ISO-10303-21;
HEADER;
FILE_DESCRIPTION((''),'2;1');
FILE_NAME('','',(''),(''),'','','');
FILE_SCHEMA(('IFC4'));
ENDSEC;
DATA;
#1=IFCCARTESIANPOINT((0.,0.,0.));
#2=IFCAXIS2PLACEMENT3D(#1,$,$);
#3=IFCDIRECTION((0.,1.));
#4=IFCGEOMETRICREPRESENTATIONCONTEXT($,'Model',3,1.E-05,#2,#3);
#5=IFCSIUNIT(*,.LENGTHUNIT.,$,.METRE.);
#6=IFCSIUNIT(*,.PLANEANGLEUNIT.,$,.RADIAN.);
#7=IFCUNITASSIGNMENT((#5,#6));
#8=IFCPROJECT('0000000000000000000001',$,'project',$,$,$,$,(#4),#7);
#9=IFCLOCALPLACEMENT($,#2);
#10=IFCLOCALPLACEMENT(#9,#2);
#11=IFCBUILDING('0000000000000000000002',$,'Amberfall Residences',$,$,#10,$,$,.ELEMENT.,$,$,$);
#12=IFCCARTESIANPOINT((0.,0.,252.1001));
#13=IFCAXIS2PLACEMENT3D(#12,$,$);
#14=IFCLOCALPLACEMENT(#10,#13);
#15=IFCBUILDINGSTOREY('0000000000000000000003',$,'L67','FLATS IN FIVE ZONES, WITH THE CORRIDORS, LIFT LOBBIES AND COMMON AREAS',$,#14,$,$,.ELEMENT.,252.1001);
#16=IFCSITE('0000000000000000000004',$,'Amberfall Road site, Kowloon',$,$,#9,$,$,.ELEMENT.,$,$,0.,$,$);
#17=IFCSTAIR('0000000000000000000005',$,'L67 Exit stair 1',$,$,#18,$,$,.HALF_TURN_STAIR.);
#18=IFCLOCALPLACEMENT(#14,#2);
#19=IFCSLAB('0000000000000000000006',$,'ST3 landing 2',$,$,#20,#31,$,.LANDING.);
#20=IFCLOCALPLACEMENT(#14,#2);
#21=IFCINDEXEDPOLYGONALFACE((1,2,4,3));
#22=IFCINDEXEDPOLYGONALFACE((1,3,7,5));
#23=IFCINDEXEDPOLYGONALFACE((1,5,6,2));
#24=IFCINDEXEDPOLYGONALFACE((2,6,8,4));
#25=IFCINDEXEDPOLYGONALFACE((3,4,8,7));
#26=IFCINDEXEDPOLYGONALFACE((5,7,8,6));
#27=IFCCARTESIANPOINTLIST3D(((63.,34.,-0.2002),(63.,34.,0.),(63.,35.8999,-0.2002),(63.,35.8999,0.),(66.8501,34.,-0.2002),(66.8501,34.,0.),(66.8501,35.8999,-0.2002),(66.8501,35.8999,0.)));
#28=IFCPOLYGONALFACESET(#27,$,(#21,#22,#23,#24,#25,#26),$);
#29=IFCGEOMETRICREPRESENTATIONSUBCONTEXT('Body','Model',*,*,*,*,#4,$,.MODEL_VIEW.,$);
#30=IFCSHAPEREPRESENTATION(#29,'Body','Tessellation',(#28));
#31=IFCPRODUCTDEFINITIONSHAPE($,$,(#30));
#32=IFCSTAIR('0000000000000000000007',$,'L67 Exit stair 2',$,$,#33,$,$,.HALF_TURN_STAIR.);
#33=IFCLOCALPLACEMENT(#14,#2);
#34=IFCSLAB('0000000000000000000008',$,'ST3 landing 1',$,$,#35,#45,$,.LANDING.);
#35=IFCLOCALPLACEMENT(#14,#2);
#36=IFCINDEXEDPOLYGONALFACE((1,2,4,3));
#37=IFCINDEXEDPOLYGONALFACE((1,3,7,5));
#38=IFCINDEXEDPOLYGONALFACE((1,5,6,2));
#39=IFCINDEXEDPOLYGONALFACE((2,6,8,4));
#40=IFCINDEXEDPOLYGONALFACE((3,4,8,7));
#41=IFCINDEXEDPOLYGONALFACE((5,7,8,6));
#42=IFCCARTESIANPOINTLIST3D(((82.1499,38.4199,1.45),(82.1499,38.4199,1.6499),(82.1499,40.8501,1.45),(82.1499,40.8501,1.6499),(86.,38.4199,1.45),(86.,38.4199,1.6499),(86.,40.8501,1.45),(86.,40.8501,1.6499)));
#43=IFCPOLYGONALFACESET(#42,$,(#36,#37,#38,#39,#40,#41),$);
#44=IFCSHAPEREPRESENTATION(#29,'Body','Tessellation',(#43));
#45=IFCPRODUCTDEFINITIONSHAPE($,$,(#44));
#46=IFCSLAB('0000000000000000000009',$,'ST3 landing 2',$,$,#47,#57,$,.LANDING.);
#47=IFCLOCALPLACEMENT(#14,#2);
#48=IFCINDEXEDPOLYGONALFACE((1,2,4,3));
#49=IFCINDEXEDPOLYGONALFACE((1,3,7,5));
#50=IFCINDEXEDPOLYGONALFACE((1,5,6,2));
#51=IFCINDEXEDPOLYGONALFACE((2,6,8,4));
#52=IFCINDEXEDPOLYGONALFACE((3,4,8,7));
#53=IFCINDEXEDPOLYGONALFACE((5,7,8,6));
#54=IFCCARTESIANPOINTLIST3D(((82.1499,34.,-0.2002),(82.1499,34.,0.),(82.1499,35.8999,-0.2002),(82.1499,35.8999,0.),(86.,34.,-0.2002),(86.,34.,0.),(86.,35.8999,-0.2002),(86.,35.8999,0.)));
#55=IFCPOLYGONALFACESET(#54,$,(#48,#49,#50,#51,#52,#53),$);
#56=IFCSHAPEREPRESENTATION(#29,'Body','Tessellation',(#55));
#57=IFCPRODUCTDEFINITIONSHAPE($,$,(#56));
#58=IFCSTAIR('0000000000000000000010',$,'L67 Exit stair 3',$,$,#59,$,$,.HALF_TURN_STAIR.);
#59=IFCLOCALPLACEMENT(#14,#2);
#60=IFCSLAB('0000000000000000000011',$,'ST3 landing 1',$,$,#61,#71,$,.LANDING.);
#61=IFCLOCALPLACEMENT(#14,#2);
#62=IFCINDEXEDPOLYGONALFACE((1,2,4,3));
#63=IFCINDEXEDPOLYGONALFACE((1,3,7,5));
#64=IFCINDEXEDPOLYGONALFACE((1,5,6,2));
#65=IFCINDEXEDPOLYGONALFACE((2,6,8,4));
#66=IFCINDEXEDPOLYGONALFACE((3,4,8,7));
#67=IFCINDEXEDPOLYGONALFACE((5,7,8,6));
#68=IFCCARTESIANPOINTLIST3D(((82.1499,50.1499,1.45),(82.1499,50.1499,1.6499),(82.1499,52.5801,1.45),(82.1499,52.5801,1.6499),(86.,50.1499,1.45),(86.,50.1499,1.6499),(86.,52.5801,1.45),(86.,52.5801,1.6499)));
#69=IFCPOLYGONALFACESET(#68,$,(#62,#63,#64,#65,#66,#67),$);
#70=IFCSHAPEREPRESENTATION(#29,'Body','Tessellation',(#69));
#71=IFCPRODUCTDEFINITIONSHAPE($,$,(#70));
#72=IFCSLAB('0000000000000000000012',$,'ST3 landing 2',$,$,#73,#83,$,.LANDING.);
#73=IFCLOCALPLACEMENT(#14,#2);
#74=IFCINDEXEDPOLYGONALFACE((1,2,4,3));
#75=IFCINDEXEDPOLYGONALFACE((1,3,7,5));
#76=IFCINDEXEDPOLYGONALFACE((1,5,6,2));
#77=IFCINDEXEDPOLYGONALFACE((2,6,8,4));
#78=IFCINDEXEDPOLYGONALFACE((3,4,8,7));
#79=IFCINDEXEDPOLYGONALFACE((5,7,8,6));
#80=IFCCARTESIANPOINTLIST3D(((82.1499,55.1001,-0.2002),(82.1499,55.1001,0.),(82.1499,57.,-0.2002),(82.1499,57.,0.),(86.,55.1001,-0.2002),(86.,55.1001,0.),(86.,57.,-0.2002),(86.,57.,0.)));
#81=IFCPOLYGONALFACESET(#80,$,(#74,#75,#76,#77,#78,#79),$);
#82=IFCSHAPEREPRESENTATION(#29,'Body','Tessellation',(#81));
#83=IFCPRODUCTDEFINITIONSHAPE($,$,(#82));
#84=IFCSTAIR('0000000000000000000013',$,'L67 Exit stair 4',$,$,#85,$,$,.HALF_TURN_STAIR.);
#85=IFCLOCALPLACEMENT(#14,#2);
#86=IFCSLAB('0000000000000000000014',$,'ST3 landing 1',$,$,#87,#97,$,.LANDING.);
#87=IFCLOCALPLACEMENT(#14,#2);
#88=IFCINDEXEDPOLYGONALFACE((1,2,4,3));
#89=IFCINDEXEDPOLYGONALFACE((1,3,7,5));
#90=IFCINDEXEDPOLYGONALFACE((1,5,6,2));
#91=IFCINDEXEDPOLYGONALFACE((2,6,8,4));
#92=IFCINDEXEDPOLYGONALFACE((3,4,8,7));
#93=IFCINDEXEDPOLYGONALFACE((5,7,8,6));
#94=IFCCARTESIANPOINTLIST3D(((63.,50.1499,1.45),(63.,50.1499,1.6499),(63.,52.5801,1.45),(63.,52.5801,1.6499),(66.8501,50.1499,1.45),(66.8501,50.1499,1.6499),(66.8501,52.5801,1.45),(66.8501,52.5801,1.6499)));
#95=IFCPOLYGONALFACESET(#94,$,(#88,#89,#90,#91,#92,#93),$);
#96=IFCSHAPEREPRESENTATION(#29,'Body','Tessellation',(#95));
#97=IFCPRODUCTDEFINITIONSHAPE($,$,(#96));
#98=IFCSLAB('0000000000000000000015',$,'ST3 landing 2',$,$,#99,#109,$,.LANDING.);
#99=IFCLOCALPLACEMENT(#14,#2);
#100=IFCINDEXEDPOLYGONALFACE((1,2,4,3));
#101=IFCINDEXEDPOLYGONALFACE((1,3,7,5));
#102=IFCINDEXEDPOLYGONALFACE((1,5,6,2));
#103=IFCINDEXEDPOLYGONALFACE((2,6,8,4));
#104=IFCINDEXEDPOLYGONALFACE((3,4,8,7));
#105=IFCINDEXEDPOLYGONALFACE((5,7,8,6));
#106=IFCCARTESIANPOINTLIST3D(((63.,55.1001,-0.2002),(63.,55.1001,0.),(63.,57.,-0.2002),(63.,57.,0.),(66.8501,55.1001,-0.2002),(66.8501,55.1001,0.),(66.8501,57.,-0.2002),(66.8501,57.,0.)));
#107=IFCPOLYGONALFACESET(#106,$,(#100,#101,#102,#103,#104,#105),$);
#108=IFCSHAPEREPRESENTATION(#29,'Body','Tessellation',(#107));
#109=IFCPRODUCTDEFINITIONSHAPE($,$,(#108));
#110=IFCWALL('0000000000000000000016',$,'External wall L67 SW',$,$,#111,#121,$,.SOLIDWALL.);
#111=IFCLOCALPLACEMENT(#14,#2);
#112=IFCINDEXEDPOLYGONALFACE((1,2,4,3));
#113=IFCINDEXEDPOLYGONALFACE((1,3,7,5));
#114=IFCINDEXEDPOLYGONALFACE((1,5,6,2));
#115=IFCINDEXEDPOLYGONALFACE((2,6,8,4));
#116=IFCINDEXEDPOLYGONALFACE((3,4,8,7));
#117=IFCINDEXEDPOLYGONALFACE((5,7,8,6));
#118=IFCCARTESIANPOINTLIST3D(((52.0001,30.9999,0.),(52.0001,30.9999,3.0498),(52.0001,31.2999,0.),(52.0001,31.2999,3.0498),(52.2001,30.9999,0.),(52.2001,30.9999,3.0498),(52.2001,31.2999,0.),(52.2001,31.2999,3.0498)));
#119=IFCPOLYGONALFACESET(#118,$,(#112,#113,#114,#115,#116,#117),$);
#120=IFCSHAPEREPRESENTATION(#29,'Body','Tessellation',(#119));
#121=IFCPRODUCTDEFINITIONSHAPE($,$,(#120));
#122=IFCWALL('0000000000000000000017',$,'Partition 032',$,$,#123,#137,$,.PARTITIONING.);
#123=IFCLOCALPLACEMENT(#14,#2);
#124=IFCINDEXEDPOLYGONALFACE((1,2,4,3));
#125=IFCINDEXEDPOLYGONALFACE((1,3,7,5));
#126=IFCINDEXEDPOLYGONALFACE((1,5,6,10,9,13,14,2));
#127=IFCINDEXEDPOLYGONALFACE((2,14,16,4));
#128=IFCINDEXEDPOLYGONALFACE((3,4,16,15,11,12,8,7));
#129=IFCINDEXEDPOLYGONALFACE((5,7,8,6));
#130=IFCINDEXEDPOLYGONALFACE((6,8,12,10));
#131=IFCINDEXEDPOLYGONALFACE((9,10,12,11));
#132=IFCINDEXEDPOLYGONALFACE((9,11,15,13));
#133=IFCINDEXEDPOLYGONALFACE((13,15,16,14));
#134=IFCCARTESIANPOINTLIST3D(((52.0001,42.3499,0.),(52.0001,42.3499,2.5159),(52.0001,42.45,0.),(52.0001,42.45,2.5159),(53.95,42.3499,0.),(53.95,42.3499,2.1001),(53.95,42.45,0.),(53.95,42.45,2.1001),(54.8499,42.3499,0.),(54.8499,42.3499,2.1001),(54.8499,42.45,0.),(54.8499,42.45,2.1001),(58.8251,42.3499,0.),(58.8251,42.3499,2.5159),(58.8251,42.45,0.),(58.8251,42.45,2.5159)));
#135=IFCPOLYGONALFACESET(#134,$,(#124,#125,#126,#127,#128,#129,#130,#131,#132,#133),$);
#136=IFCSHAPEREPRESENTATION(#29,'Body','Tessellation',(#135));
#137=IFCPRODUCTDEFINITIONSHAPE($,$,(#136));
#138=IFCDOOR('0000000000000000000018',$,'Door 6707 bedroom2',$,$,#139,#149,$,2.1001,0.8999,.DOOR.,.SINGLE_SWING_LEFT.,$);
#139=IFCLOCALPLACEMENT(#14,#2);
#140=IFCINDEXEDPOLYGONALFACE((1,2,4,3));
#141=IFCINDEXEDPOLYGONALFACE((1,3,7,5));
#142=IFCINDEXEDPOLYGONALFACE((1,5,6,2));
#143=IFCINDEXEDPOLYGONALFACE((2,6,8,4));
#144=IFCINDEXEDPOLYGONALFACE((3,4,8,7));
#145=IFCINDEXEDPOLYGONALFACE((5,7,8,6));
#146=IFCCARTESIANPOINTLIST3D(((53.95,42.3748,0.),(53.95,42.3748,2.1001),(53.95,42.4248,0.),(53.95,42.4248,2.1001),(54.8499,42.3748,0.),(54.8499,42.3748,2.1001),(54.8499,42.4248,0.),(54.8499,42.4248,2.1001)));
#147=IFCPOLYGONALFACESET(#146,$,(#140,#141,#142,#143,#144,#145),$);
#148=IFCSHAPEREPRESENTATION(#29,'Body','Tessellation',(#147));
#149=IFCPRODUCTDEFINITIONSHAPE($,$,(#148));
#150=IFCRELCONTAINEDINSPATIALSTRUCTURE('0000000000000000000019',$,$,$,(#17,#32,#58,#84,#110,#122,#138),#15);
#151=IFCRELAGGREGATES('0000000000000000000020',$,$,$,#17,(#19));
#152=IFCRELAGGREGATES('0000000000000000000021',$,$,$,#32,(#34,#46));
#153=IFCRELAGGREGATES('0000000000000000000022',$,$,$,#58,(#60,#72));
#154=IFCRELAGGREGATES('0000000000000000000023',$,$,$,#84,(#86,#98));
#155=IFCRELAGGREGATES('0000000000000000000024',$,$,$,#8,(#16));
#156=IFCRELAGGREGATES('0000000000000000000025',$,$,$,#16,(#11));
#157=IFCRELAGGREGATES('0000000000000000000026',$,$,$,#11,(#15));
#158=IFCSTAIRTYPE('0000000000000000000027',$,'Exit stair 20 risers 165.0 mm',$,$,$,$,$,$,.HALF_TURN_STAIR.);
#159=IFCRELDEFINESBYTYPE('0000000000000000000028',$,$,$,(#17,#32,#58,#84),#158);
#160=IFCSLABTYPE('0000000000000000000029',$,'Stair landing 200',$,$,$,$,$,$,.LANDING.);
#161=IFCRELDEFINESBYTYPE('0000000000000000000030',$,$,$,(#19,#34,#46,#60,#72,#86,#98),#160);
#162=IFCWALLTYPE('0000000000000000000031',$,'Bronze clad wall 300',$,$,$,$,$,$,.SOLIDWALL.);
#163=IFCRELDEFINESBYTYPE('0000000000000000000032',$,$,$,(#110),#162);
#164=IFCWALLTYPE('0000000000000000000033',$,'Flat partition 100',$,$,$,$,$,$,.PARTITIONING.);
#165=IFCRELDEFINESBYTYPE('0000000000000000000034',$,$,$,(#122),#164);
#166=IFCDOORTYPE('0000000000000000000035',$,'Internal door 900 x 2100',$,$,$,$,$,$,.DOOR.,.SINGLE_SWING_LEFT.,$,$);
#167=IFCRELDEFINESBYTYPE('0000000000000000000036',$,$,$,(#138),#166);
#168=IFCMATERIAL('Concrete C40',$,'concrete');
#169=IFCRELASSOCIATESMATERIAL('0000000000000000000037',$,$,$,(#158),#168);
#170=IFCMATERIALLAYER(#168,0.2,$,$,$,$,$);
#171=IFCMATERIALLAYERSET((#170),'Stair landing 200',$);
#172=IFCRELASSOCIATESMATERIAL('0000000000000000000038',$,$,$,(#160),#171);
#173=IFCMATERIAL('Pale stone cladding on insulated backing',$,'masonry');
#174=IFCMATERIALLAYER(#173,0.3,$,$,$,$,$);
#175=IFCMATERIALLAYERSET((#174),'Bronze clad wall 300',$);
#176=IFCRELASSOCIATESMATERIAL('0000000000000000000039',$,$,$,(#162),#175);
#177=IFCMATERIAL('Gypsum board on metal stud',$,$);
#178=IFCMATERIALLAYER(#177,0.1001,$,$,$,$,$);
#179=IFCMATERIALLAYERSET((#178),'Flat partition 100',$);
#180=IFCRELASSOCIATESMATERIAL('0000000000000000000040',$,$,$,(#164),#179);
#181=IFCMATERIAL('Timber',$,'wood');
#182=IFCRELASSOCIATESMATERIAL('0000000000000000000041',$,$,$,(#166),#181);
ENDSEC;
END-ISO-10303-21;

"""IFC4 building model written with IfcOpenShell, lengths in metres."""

from ifc_helpers import new_model, si_unit, direction, frame, frame_2d, origin, place, context, subcontext, project, spatial, polyline, rectangle, outline, extrude, material, layer, layer_set, type_object, element, fill, aggregate, save


model = new_model("IFC4")

# Units and contexts
model_context = context("Model", 3, precision=1e-05, world=origin(), true_north=direction((0.0, 1.0)))
body_context = subcontext(model_context, "Body", "Model", "MODEL_VIEW")
ifc_project = project(units=[si_unit("LENGTHUNIT", "METRE"), si_unit("PLANEANGLEUNIT", "RADIAN")], contexts=[model_context])

# Site, building, storey
site_placement = place(None, origin())
site = spatial("IfcSite", under=ifc_project, at=site_placement, Name="Amberfall Road site, Kowloon", CompositionType="ELEMENT", RefElevation=0.0)
building_placement = place(site_placement, origin())
building = spatial("IfcBuilding", under=site, at=building_placement, Name="Amberfall Residences", CompositionType="ELEMENT")
storey_placement = place(building_placement, frame((0.0, 0.0, 252.1001)))
storey = spatial("IfcBuildingStorey", under=building, at=storey_placement, Name="L67", Description="FLATS IN FIVE ZONES, WITH THE CORRIDORS, LIFT LOBBIES AND COMMON AREAS", CompositionType="ELEMENT", Elevation=252.1001)

# Stairs, slabs
ifc_material_1 = material(Name="Concrete C40", Category="concrete")
stair_type = type_object("IfcStairType", Name="Exit stair 20 risers 165.0 mm", PredefinedType="HALF_TURN_STAIR", material=ifc_material_1)
stair_1_placement = place(storey_placement, origin())
stair_1 = element("IfcStair", 1, at=stair_1_placement, inside=storey, type_object=stair_type, Name="L67 Exit stair 1", PredefinedType="HALF_TURN_STAIR")
ifc_layer_1 = layer(ifc_material_1, 0.2)
ifc_layer_set_1 = layer_set([ifc_layer_1], Name="Stair landing 200")
slab_type_1 = type_object("IfcSlabType", Name="Stair landing 200", PredefinedType="LANDING", material=ifc_layer_set_1)
slab_1_placement = place(storey_placement, frame((0.0, 0.0, -0.2002)))
slab_1 = element("IfcSlab", 2, at=slab_1_placement, type_object=slab_type_1, Name="ST3 landing 2", PredefinedType="LANDING", context=body_context, shape_type="SweptSolid", body=[
    extrude(outline(polyline([(66.8501, 34.0), (66.8501, 35.8999), (63.0, 35.8999), (63.0, 34.0), (66.8501, 34.0)])), origin(), (0.0, 0.0, 1.0), 0.2002),
])
aggregate(stair_1, [slab_1])
stair_2_placement = place(storey_placement, origin())
stair_2 = element("IfcStair", 3, at=stair_2_placement, inside=storey, type_object=stair_type, Name="L67 Exit stair 2", PredefinedType="HALF_TURN_STAIR")
slab_2_placement = place(storey_placement, frame((0.0, 0.0, 1.45)))
slab_2 = element("IfcSlab", 4, at=slab_2_placement, type_object=slab_type_1, Name="ST3 landing 1", PredefinedType="LANDING", context=body_context, shape_type="SweptSolid", body=[
    extrude(outline(polyline([(86.0, 38.4199), (86.0, 40.8501), (82.1499, 40.8501), (82.1499, 38.4199), (86.0, 38.4199)])), origin(), (0.0, 0.0, 1.0), 0.2),
])
slab_3_placement = place(storey_placement, frame((0.0, 0.0, -0.2002)))
slab_3 = element("IfcSlab", 5, at=slab_3_placement, type_object=slab_type_1, Name="ST3 landing 2", PredefinedType="LANDING", context=body_context, shape_type="SweptSolid", body=[
    extrude(outline(polyline([(86.0, 34.0), (86.0, 35.8999), (82.1499, 35.8999), (82.1499, 34.0), (86.0, 34.0)])), origin(), (0.0, 0.0, 1.0), 0.2002),
])
aggregate(stair_2, [slab_2, slab_3])
stair_3_placement = place(storey_placement, origin())
stair_3 = element("IfcStair", 6, at=stair_3_placement, inside=storey, type_object=stair_type, Name="L67 Exit stair 3", PredefinedType="HALF_TURN_STAIR")
slab_4_placement = place(storey_placement, frame((0.0, 0.0, 1.45)))
slab_4 = element("IfcSlab", 7, at=slab_4_placement, type_object=slab_type_1, Name="ST3 landing 1", PredefinedType="LANDING", context=body_context, shape_type="SweptSolid", body=[
    extrude(outline(polyline([(82.1499, 52.5801), (82.1499, 50.1499), (86.0, 50.1499), (86.0, 52.5801), (82.1499, 52.5801)])), origin(), (0.0, 0.0, 1.0), 0.2),
])
slab_5_placement = place(storey_placement, frame((0.0, 0.0, -0.2002)))
slab_5 = element("IfcSlab", 8, at=slab_5_placement, type_object=slab_type_1, Name="ST3 landing 2", PredefinedType="LANDING", context=body_context, shape_type="SweptSolid", body=[
    extrude(outline(polyline([(82.1499, 57.0), (82.1499, 55.1001), (86.0, 55.1001), (86.0, 57.0), (82.1499, 57.0)])), origin(), (0.0, 0.0, 1.0), 0.2002),
])
aggregate(stair_3, [slab_4, slab_5])
stair_4_placement = place(storey_placement, origin())
stair_4 = element("IfcStair", 9, at=stair_4_placement, inside=storey, type_object=stair_type, Name="L67 Exit stair 4", PredefinedType="HALF_TURN_STAIR")
slab_6_placement = place(storey_placement, frame((0.0, 0.0, 1.45)))
slab_6 = element("IfcSlab", 10, at=slab_6_placement, type_object=slab_type_1, Name="ST3 landing 1", PredefinedType="LANDING", context=body_context, shape_type="SweptSolid", body=[
    extrude(outline(polyline([(63.0, 52.5801), (63.0, 50.1499), (66.8501, 50.1499), (66.8501, 52.5801), (63.0, 52.5801)])), origin(), (0.0, 0.0, 1.0), 0.2),
])
slab_7_placement = place(storey_placement, frame((0.0, 0.0, -0.2002)))
slab_7 = element("IfcSlab", 11, at=slab_7_placement, type_object=slab_type_1, Name="ST3 landing 2", PredefinedType="LANDING", context=body_context, shape_type="SweptSolid", body=[
    extrude(outline(polyline([(63.0, 57.0), (63.0, 55.1001), (66.8501, 55.1001), (66.8501, 57.0), (63.0, 57.0)])), origin(), (0.0, 0.0, 1.0), 0.2002),
])
aggregate(stair_4, [slab_6, slab_7])

# Wall
ifc_material_2 = material(Name="Pale stone cladding on insulated backing", Category="masonry")
ifc_layer_2 = layer(ifc_material_2, 0.3)
ifc_layer_set_2 = layer_set([ifc_layer_2], Name="Bronze clad wall 300")
wall_type_1 = type_object("IfcWallType", Name="Bronze clad wall 300", PredefinedType="SOLIDWALL", material=ifc_layer_set_2)
wall_1_placement = place(storey_placement, frame((52.0, 31.1499, 0.0), z_axis=(0.0, 0.0, 1.0), x_axis=(1.0, 0.0, 0.0)))
element("IfcWall", 12, at=wall_1_placement, inside=storey, type_object=wall_type_1, Name="External wall L67 SW", PredefinedType="SOLIDWALL", context=body_context, shape_type="SweptSolid", body=[
    extrude(rectangle(XDim=0.2, YDim=0.3, at=frame_2d((0.1001, 0.0))), origin(), (0.0, 0.0, 1.0), 3.0498),
])

# Wall, opening, door
ifc_material_3 = material(Name="Gypsum board on metal stud")
ifc_layer_3 = layer(ifc_material_3, 0.1001)
ifc_layer_set_3 = layer_set([ifc_layer_3], Name="Flat partition 100")
wall_type_2 = type_object("IfcWallType", Name="Flat partition 100", PredefinedType="PARTITIONING", material=ifc_layer_set_3)
wall_2_placement = place(storey_placement, frame((52.0, 42.3999, 0.0), z_axis=(0.0, 0.0, 1.0), x_axis=(1.0, 0.0, 0.0)))
wall_2 = element("IfcWall", 13, at=wall_2_placement, inside=storey, type_object=wall_type_2, Name="Partition 032", PredefinedType="PARTITIONING", context=body_context, shape_type="SweptSolid", body=[
    extrude(rectangle(XDim=6.825, YDim=0.1001, at=frame_2d((3.4126, 0.0))), origin(), (0.0, 0.0, 1.0), 2.5159),
])
opening_placement = place(wall_2_placement, frame((1.95, 0.0, 0.0)))
opening = element("IfcOpeningElement", 14, at=opening_placement, cuts=wall_2, PredefinedType="OPENING", context=body_context, shape_type="SweptSolid", body=[
    extrude(rectangle(XDim=0.8999, YDim=2.1001, at=frame_2d((0.45, 1.05))), frame((0.0, 0.0601, 0.0), z_axis=(0.0, -1.0, 0.0), x_axis=(1.0, 0.0, 0.0)), (0.0, 0.0, 1.0), 0.1201),
])
ifc_material_4 = material(Name="Timber", Category="wood")
door_type = type_object("IfcDoorType", Name="Internal door 900 x 2100", OperationType="SINGLE_SWING_LEFT", PredefinedType="DOOR", material=ifc_material_4)
door_placement = place(opening_placement, origin())
door = element("IfcDoor", 15, at=door_placement, inside=storey, type_object=door_type, Name="Door 6707 bedroom2", OperationType="SINGLE_SWING_LEFT", OverallHeight=2.1001, OverallWidth=0.8999, PredefinedType="DOOR", context=body_context, shape_type="SweptSolid", body=[
    extrude(rectangle(XDim=0.8999, YDim=2.1001, at=frame_2d((0.45, 1.05))), frame((0.0, 0.0249, 0.0), z_axis=(0.0, -1.0, 0.0), x_axis=(1.0, 0.0, 0.0)), (0.0, 0.0, 1.0), 0.05),
])
fill(opening, door)

save(model, "model.ifc")
